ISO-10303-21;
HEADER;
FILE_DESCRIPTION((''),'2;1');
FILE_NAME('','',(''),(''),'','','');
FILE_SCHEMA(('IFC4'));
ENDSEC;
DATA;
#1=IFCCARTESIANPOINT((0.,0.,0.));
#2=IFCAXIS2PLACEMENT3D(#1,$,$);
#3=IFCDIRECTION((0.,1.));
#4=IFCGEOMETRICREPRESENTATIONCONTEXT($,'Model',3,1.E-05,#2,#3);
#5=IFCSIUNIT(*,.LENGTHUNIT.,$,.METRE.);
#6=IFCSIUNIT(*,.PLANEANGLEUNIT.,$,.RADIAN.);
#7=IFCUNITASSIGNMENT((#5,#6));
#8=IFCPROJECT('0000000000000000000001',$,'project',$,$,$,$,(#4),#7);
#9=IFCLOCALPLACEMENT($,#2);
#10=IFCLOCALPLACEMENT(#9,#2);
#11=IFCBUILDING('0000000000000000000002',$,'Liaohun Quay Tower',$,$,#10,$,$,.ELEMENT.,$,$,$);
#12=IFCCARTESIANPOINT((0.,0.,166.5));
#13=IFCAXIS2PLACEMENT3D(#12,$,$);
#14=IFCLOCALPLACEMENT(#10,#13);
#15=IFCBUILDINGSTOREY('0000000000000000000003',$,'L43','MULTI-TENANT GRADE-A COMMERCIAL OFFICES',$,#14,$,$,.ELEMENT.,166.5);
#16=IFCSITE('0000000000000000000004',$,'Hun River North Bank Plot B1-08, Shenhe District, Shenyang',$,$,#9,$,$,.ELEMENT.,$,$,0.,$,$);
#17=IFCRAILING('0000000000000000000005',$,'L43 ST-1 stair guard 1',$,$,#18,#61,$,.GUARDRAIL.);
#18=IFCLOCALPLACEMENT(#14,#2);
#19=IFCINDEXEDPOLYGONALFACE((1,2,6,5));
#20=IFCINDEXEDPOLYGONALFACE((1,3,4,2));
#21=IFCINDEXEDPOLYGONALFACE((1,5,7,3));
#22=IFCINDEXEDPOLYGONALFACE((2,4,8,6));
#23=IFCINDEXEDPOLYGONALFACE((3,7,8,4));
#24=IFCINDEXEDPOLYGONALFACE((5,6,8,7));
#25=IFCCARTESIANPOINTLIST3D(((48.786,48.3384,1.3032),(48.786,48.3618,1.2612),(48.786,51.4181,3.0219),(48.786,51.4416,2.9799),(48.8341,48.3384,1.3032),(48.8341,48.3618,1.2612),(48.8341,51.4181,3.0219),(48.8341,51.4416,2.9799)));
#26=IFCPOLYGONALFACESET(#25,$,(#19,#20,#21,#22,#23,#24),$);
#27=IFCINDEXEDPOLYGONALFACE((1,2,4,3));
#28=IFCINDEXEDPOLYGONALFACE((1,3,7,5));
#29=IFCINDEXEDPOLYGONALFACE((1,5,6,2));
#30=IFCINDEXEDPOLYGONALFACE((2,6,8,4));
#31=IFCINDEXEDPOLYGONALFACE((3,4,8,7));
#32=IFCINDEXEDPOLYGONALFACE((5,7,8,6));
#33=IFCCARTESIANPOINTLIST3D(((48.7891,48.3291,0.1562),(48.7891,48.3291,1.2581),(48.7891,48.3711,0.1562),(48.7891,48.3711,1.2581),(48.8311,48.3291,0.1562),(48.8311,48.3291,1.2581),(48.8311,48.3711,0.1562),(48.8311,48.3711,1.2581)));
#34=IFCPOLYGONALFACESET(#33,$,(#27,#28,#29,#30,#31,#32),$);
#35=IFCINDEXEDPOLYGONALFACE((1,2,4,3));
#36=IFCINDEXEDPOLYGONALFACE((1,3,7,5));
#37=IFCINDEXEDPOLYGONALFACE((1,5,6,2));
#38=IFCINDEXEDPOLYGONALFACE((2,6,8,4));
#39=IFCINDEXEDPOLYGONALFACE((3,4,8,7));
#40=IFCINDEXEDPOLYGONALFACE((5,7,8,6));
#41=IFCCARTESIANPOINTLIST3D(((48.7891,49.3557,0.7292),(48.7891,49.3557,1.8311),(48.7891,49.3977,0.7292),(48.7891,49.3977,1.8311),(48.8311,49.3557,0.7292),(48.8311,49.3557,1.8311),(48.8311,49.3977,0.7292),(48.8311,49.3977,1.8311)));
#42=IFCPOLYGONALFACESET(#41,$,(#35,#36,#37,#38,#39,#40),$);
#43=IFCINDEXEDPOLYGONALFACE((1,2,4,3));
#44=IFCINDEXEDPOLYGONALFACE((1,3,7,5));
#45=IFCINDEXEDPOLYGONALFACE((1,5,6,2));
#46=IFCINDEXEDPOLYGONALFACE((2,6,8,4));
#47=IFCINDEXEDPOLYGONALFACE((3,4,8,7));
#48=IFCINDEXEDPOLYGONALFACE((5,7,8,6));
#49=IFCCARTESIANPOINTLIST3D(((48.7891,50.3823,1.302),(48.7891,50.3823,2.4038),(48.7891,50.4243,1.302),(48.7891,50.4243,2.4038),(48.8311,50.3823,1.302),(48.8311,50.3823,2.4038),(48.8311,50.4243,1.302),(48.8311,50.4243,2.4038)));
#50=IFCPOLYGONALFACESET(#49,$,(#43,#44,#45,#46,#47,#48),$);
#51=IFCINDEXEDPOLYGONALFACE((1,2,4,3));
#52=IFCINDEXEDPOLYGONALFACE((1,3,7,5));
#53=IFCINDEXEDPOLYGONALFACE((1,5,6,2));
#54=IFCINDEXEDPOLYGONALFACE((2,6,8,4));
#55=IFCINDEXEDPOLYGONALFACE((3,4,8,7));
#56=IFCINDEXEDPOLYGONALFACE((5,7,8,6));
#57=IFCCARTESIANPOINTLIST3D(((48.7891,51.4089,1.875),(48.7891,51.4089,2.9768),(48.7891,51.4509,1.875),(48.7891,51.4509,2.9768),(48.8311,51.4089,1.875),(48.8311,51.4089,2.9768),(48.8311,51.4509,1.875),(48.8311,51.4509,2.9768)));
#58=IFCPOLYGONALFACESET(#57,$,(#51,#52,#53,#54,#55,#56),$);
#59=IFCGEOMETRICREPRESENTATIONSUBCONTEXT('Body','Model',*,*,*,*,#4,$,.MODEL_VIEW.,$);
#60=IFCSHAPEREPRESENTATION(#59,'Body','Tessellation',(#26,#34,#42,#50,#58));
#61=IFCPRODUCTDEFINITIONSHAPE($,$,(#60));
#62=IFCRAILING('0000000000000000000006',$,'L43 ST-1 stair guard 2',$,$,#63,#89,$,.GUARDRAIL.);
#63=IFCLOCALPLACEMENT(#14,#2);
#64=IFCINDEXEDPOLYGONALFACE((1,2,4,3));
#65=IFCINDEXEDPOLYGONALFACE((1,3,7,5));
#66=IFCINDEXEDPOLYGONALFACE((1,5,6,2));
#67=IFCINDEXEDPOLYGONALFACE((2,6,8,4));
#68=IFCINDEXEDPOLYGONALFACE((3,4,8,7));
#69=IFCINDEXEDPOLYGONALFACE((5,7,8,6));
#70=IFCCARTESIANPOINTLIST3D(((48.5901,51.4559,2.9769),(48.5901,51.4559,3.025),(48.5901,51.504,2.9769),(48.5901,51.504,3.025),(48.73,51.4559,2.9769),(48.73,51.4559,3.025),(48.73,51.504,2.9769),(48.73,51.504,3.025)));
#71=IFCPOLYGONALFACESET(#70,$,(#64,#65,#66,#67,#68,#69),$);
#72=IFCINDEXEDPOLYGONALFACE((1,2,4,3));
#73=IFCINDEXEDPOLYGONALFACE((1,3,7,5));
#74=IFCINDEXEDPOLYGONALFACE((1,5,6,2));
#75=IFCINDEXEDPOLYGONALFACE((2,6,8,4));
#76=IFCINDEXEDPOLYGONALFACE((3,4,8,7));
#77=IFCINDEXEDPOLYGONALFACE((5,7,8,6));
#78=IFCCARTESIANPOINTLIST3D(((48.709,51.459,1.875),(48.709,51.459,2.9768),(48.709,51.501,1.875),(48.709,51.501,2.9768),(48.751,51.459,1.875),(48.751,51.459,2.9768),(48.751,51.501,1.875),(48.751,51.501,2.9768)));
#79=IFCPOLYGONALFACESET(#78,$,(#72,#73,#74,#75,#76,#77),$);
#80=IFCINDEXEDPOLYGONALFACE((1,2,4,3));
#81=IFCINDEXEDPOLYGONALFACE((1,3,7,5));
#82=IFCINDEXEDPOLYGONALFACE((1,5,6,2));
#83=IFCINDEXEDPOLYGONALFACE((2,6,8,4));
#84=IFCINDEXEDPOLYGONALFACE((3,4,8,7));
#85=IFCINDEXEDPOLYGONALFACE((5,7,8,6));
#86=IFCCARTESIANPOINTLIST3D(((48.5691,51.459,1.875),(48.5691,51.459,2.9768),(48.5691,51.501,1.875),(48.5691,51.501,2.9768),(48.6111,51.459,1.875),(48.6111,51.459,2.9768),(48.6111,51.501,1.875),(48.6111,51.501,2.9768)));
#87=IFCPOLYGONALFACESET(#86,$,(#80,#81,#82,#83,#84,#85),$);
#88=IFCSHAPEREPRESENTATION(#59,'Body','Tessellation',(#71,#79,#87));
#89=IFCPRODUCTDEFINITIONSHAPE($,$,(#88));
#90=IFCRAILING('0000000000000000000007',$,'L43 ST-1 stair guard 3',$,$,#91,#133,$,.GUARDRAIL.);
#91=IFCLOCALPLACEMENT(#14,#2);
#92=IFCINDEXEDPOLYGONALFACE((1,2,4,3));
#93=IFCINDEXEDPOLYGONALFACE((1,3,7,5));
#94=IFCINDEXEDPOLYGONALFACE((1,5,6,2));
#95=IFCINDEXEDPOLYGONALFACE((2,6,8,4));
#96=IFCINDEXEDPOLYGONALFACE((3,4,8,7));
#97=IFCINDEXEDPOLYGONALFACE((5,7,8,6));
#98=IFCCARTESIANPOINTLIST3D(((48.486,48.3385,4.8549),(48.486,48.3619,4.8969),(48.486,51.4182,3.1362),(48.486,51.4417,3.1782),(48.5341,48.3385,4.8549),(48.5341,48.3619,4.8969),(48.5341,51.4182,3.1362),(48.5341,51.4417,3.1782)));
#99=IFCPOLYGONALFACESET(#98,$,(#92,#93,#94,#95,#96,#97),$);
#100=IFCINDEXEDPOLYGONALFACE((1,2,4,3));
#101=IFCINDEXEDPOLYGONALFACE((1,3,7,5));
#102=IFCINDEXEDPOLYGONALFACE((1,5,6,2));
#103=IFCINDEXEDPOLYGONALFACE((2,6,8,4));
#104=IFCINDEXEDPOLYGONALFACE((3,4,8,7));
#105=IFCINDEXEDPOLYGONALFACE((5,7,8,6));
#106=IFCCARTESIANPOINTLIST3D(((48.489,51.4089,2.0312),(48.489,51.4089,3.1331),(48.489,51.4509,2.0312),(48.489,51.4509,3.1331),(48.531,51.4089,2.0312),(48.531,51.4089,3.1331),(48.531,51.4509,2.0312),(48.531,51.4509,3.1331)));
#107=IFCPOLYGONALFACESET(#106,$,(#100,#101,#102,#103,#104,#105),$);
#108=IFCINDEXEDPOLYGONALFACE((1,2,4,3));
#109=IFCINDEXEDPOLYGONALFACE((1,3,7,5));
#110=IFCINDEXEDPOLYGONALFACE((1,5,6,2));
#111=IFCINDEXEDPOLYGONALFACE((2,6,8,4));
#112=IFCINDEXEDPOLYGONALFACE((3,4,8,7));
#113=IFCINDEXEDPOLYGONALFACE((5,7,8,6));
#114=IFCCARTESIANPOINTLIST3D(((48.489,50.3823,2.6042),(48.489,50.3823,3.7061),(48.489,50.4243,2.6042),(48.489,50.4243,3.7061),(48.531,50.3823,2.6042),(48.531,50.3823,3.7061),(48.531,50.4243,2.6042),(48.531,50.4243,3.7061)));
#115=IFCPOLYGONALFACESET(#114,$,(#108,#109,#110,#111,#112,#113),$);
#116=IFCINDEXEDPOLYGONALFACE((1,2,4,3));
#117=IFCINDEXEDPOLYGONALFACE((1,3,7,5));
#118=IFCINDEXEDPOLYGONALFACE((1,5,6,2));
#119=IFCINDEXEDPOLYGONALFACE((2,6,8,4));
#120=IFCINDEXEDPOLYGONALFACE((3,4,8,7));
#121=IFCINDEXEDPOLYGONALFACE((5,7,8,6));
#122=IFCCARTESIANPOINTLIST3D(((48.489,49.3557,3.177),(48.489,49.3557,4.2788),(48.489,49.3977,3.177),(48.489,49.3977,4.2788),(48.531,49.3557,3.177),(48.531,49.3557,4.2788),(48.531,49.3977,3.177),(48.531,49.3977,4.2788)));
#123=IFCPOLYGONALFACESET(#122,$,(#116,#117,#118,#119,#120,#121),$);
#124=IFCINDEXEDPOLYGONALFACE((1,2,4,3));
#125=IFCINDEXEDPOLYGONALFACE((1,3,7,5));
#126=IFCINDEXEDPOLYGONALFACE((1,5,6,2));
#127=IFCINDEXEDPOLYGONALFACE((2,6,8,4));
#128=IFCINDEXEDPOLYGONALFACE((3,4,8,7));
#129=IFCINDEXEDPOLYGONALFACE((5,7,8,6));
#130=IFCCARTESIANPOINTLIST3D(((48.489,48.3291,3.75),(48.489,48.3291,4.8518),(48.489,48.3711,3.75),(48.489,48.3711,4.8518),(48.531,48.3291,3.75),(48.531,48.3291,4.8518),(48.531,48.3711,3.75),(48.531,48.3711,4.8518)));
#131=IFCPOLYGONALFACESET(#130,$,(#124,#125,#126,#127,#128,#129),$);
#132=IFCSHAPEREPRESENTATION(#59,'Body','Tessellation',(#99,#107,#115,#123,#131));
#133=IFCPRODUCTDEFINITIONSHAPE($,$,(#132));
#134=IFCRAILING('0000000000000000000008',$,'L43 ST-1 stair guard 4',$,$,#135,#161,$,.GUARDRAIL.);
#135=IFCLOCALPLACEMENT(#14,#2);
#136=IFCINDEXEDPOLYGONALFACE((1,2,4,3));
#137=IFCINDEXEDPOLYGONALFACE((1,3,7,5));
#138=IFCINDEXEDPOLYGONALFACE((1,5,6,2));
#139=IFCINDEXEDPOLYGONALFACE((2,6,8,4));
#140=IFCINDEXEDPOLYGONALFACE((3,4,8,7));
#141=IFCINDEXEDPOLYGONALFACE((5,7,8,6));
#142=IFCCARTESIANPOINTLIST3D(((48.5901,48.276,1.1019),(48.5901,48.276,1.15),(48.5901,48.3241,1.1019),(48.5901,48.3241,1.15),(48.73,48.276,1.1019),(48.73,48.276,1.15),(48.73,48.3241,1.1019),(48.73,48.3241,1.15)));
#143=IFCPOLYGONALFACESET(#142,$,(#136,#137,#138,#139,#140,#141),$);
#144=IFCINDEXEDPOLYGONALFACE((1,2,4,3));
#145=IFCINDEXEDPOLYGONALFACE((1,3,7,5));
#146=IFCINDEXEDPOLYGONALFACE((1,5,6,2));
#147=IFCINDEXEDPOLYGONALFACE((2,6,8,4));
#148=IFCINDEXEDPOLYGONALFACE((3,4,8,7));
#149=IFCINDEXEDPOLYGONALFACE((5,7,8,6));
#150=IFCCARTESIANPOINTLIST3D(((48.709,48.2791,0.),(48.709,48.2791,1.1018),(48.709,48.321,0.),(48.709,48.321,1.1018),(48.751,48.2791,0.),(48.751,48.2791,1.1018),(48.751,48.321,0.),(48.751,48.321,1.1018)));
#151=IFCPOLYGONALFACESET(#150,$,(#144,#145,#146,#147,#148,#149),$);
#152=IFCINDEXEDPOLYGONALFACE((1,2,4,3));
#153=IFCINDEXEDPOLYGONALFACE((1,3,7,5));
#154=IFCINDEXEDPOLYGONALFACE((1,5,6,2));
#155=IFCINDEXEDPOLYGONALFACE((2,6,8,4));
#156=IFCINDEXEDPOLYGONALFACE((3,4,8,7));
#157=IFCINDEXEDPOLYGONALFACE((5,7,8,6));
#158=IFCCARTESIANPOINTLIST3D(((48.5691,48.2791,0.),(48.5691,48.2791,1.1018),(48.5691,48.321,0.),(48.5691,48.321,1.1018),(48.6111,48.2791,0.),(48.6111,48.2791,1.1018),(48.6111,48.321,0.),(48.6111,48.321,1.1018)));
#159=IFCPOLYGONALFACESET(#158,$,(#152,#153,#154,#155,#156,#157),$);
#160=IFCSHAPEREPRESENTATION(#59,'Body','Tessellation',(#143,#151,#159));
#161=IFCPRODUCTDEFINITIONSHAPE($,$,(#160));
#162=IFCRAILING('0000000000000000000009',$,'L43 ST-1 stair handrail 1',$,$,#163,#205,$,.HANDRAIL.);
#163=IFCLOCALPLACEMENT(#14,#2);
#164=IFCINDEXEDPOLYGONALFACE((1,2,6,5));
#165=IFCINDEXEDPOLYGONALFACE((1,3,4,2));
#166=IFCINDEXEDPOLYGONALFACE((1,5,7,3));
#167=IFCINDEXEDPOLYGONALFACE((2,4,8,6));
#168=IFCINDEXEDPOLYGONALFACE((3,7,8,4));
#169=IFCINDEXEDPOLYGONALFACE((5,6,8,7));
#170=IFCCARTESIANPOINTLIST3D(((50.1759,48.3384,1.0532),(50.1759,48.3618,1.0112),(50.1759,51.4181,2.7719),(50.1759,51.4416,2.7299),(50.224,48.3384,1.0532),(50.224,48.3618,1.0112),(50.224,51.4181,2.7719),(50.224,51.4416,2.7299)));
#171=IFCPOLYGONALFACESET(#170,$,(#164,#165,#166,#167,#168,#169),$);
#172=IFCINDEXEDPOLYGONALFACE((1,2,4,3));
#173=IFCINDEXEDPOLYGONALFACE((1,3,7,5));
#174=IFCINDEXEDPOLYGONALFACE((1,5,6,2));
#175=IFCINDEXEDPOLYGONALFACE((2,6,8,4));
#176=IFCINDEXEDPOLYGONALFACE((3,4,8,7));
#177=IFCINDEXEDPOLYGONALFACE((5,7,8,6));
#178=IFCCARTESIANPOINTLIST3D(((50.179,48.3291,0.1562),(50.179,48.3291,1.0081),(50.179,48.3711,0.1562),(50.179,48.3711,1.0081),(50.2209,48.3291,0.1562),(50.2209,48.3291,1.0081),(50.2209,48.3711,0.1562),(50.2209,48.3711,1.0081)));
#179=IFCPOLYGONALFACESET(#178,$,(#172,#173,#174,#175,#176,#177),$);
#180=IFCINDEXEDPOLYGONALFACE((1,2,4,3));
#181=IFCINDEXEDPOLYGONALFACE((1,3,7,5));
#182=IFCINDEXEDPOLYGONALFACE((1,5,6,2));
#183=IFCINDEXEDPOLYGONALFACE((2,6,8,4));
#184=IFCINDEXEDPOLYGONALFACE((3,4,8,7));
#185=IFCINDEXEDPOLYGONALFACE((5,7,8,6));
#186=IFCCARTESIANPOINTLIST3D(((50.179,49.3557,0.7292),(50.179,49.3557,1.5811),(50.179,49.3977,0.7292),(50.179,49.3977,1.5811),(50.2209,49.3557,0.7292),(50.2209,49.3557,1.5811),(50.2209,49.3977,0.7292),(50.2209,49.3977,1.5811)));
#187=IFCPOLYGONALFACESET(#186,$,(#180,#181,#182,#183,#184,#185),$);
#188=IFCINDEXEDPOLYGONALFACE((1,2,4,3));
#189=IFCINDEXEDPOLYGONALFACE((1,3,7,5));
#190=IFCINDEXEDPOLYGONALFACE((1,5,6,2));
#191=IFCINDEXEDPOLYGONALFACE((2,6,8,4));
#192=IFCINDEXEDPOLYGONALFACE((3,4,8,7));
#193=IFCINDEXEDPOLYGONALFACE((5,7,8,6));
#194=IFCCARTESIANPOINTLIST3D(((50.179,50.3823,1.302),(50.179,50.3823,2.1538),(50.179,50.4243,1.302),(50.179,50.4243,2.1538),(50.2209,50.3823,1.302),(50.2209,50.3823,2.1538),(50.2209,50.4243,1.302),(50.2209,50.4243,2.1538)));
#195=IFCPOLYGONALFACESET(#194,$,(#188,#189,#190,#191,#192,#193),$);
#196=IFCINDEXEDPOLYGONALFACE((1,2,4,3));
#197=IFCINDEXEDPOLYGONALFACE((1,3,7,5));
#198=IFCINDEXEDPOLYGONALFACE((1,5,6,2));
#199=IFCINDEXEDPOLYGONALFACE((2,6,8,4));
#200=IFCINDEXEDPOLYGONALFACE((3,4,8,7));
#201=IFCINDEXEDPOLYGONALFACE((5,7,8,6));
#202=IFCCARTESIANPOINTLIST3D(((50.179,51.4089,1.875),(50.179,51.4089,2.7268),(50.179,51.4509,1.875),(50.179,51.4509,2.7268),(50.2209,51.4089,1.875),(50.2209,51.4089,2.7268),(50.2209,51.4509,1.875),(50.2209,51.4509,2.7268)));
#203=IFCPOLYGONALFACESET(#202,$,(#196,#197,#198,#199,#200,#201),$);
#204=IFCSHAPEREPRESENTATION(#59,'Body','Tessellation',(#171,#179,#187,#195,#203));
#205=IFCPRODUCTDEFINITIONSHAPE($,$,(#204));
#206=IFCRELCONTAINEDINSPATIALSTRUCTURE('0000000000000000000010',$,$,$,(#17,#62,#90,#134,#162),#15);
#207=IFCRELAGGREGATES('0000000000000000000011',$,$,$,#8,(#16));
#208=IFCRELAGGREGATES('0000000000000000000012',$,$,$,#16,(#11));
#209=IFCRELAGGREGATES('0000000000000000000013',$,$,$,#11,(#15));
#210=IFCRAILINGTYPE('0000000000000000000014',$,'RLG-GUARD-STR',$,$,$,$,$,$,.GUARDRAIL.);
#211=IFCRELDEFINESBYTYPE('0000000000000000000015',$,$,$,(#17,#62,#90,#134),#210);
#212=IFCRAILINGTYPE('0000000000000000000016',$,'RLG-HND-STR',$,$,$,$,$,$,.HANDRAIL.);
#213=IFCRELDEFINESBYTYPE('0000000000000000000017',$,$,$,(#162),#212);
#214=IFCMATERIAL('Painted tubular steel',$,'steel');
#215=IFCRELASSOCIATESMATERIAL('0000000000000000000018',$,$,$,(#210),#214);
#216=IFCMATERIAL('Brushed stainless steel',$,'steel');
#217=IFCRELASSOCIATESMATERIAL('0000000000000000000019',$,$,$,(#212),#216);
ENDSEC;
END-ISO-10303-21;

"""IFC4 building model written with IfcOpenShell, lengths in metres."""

from ifc_helpers import new_model, si_unit, direction, frame, origin, origin_2d, place, context, subcontext, project, spatial, rectangle, extrude, material, type_object, element, save


model = new_model("IFC4")

# Units and contexts
model_context = context("Model", 3, precision=1e-05, world=origin(), true_north=direction((0.0, 1.0)))
body_context = subcontext(model_context, "Body", "Model", "MODEL_VIEW")
ifc_project = project(units=[si_unit("LENGTHUNIT", "METRE"), si_unit("PLANEANGLEUNIT", "RADIAN")], contexts=[model_context])

# Site, building, storey
site_placement = place(None, origin())
site = spatial("IfcSite", under=ifc_project, at=site_placement, Name="Hun River North Bank Plot B1-08, Shenhe District, Shenyang", CompositionType="ELEMENT", RefElevation=0.0)
building_placement = place(site_placement, origin())
building = spatial("IfcBuilding", under=site, at=building_placement, Name="Liaohun Quay Tower", CompositionType="ELEMENT")
storey_placement = place(building_placement, frame((0.0, 0.0, 166.5)))
storey = spatial("IfcBuildingStorey", under=building, at=storey_placement, Name="L43", Description="MULTI-TENANT GRADE-A COMMERCIAL OFFICES", CompositionType="ELEMENT", Elevation=166.5)

# Railings
ifc_material_1 = material(Name="Painted tubular steel", Category="steel")
railing_type_1 = type_object("IfcRailingType", Name="RLG-GUARD-STR", PredefinedType="GUARDRAIL", material=ifc_material_1)
railing_1_placement = place(storey_placement, frame((48.8101, 48.3501, 0.1562)))
element("IfcRailing", 1, at=railing_1_placement, inside=storey, type_object=railing_type_1, Name="L43 ST-1 stair guard 1", PredefinedType="GUARDRAIL", context=body_context, shape_type="SweptSolid", body=[
    extrude(rectangle(XDim=0.0481, YDim=0.0481, at=origin_2d()), frame((0.0, 0.0, 1.126), z_axis=(0.0, 0.873225, 0.487317), x_axis=(-1.0, 0.0, 0.0)), (0.0, 0.0, 1.0), 3.5269),
    extrude(rectangle(XDim=0.042, YDim=0.042, at=origin_2d()), origin(), (0.0, 0.0, 1.0), 1.1018),
    extrude(rectangle(XDim=0.042, YDim=0.042, at=origin_2d()), frame((0.0, 1.0266, 0.573)), (0.0, 0.0, 1.0), 1.1018),
    extrude(rectangle(XDim=0.042, YDim=0.042, at=origin_2d()), frame((0.0, 2.0532, 1.1458)), (0.0, 0.0, 1.0), 1.1018),
    extrude(rectangle(XDim=0.042, YDim=0.042, at=origin_2d()), frame((0.0, 3.0798, 1.7188)), (0.0, 0.0, 1.0), 1.1018),
])
railing_2_placement = place(storey_placement, frame((48.73, 51.48, 1.875)))
element("IfcRailing", 2, at=railing_2_placement, inside=storey, type_object=railing_type_1, Name="L43 ST-1 stair guard 2", PredefinedType="GUARDRAIL", context=body_context, shape_type="SweptSolid", body=[
    extrude(rectangle(XDim=0.0481, YDim=0.0481, at=origin_2d()), frame((0.0, 0.0, 1.126), z_axis=(-1.0, 0.0, 0.0), x_axis=(0.0, -1.0, 0.0)), (0.0, 0.0, 1.0), 0.1399),
    extrude(rectangle(XDim=0.042, YDim=0.042, at=origin_2d()), origin(), (0.0, 0.0, 1.0), 1.1018),
    extrude(rectangle(XDim=0.042, YDim=0.042, at=origin_2d()), frame((-0.1399, 0.0, 0.0)), (0.0, 0.0, 1.0), 1.1018),
])
railing_3_placement = place(storey_placement, frame((48.51, 51.4299, 2.0312)))
element("IfcRailing", 3, at=railing_3_placement, inside=storey, type_object=railing_type_1, Name="L43 ST-1 stair guard 3", PredefinedType="GUARDRAIL", context=body_context, shape_type="SweptSolid", body=[
    extrude(rectangle(XDim=0.0481, YDim=0.0481, at=origin_2d()), frame((0.0, 0.0, 1.126), z_axis=(0.0, -0.873225, 0.487317), x_axis=(1.0, 0.0, 0.0)), (0.0, 0.0, 1.0), 3.5269),
    extrude(rectangle(XDim=0.042, YDim=0.042, at=origin_2d()), origin(), (0.0, 0.0, 1.0), 1.1018),
    extrude(rectangle(XDim=0.042, YDim=0.042, at=origin_2d()), frame((0.0, -1.0266, 0.573)), (0.0, 0.0, 1.0), 1.1018),
    extrude(rectangle(XDim=0.042, YDim=0.042, at=origin_2d()), frame((0.0, -2.0532, 1.1458)), (0.0, 0.0, 1.0), 1.1018),
    extrude(rectangle(XDim=0.042, YDim=0.042, at=origin_2d()), frame((0.0, -3.0798, 1.7188)), (0.0, 0.0, 1.0), 1.1018),
])
railing_4_placement = place(storey_placement, frame((48.73, 48.3, 0.0)))
element("IfcRailing", 4, at=railing_4_placement, inside=storey, type_object=railing_type_1, Name="L43 ST-1 stair guard 4", PredefinedType="GUARDRAIL", context=body_context, shape_type="SweptSolid", body=[
    extrude(rectangle(XDim=0.0481, YDim=0.0481, at=origin_2d()), frame((0.0, 0.0, 1.126), z_axis=(-1.0, 0.0, 0.0), x_axis=(0.0, -1.0, 0.0)), (0.0, 0.0, 1.0), 0.1399),
    extrude(rectangle(XDim=0.042, YDim=0.042, at=origin_2d()), origin(), (0.0, 0.0, 1.0), 1.1018),
    extrude(rectangle(XDim=0.042, YDim=0.042, at=origin_2d()), frame((-0.1399, 0.0, 0.0)), (0.0, 0.0, 1.0), 1.1018),
])
ifc_material_2 = material(Name="Brushed stainless steel", Category="steel")
railing_type_2 = type_object("IfcRailingType", Name="RLG-HND-STR", PredefinedType="HANDRAIL", material=ifc_material_2)
railing_5_placement = place(storey_placement, frame((50.2, 48.3501, 0.1562)))
element("IfcRailing", 5, at=railing_5_placement, inside=storey, type_object=railing_type_2, Name="L43 ST-1 stair handrail 1", PredefinedType="HANDRAIL", context=body_context, shape_type="SweptSolid", body=[
    extrude(rectangle(XDim=0.0481, YDim=0.0481, at=origin_2d()), frame((0.0, 0.0, 0.876), z_axis=(0.0, 0.873225, 0.487317), x_axis=(-1.0, 0.0, 0.0)), (0.0, 0.0, 1.0), 3.5269),
    extrude(rectangle(XDim=0.042, YDim=0.042, at=origin_2d()), origin(), (0.0, 0.0, 1.0), 0.8518),
    extrude(rectangle(XDim=0.042, YDim=0.042, at=origin_2d()), frame((0.0, 1.0266, 0.573)), (0.0, 0.0, 1.0), 0.8518),
    extrude(rectangle(XDim=0.042, YDim=0.042, at=origin_2d()), frame((0.0, 2.0532, 1.1458)), (0.0, 0.0, 1.0), 0.8518),
    extrude(rectangle(XDim=0.042, YDim=0.042, at=origin_2d()), frame((0.0, 3.0798, 1.7188)), (0.0, 0.0, 1.0), 0.8518),
])

save(model, "model.ifc")
